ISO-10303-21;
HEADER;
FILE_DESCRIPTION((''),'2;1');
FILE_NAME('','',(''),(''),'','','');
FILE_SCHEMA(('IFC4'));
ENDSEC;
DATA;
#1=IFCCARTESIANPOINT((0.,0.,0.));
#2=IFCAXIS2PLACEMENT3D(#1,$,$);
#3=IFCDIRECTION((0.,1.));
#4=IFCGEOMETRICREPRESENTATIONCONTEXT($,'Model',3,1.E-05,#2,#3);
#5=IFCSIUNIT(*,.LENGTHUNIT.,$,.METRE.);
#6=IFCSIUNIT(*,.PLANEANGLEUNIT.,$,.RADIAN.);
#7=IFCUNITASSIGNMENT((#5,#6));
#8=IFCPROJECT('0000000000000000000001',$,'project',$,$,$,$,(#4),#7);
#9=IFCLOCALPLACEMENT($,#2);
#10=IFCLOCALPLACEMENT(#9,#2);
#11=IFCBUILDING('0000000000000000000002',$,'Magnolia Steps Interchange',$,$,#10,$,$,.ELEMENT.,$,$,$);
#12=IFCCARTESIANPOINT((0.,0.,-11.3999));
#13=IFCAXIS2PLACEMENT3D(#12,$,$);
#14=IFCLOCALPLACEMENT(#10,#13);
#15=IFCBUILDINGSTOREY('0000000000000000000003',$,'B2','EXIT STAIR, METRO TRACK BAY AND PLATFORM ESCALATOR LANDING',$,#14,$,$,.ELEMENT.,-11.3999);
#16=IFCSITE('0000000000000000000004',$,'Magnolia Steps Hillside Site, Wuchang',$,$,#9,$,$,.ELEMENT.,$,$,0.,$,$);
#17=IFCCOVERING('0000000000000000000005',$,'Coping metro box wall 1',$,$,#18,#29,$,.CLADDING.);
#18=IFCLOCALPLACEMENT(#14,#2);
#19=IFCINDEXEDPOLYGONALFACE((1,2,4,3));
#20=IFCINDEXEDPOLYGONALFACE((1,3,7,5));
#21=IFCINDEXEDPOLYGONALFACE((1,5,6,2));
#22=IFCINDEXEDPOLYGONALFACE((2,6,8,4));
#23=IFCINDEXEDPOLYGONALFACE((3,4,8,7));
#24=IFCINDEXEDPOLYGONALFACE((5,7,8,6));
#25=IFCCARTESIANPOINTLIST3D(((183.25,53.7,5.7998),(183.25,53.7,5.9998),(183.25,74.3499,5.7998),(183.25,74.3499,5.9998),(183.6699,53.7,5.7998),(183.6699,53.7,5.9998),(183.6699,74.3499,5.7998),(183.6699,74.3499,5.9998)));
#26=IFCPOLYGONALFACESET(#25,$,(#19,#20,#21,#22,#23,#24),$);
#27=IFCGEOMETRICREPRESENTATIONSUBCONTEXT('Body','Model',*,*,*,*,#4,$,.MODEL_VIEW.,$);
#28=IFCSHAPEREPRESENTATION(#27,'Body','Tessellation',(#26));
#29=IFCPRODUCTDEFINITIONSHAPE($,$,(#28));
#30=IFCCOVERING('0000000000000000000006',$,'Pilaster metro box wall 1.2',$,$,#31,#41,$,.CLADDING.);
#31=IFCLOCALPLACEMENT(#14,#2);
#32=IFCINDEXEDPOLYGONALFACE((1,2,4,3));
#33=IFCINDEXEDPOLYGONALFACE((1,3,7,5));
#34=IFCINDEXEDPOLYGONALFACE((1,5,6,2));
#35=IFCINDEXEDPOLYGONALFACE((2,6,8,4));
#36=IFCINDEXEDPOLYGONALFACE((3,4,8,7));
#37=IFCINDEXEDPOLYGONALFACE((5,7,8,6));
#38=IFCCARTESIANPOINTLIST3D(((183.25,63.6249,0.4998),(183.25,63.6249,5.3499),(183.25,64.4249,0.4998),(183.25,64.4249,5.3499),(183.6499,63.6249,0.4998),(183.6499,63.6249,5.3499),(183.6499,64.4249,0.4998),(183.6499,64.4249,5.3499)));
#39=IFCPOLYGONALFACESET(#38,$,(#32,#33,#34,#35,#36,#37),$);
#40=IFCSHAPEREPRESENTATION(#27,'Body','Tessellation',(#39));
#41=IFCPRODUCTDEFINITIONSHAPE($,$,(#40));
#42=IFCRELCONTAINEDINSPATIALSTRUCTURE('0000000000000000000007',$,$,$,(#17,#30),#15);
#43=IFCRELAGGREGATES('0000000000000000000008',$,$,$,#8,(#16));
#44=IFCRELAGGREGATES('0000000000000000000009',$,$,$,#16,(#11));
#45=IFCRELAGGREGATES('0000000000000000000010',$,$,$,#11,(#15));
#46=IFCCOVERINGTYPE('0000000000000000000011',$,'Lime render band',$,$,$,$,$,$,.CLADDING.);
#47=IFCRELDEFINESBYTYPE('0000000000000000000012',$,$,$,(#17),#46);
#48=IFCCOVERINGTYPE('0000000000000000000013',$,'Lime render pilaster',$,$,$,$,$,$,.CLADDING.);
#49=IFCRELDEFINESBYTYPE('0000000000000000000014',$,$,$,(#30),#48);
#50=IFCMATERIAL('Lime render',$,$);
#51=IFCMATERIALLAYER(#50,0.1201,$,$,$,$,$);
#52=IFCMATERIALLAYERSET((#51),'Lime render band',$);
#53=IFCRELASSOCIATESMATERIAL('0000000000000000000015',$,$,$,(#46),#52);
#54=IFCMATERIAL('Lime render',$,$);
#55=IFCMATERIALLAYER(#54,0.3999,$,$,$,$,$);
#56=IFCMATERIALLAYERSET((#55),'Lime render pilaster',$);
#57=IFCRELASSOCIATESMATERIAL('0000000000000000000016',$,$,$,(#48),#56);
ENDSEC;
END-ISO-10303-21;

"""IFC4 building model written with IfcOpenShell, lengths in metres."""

from ifc_helpers import new_model, si_unit, direction, frame, origin, origin_2d, place, context, subcontext, project, spatial, rectangle, extrude, material, layer, layer_set, type_object, element, save


model = new_model("IFC4")

# Units and contexts
model_context = context("Model", 3, precision=1e-05, world=origin(), true_north=direction((0.0, 1.0)))
body_context = subcontext(model_context, "Body", "Model", "MODEL_VIEW")
ifc_project = project(units=[si_unit("LENGTHUNIT", "METRE"), si_unit("PLANEANGLEUNIT", "RADIAN")], contexts=[model_context])

# Site, building, storey
site_placement = place(None, origin())
site = spatial("IfcSite", under=ifc_project, at=site_placement, Name="Magnolia Steps Hillside Site, Wuchang", CompositionType="ELEMENT", RefElevation=0.0)
building_placement = place(site_placement, origin())
building = spatial("IfcBuilding", under=site, at=building_placement, Name="Magnolia Steps Interchange", CompositionType="ELEMENT")
storey_placement = place(building_placement, frame((0.0, 0.0, -11.3999)))
storey = spatial("IfcBuildingStorey", under=building, at=storey_placement, Name="B2", Description="EXIT STAIR, METRO TRACK BAY AND PLATFORM ESCALATOR LANDING", CompositionType="ELEMENT", Elevation=-11.3999)

# Coverings
ifc_material_1 = material(Name="Lime render")
ifc_layer_1 = layer(ifc_material_1, 0.1201)
ifc_layer_set_1 = layer_set([ifc_layer_1], Name="Lime render band")
covering_type_1 = type_object("IfcCoveringType", Name="Lime render band", PredefinedType="CLADDING", material=ifc_layer_set_1)
covering_1_placement = place(storey_placement, frame((183.46, 64.0249, 5.7998), z_axis=(0.0, 0.0, 1.0), x_axis=(1.0, 0.0, 0.0)))
element("IfcCovering", 1, at=covering_1_placement, inside=storey, type_object=covering_type_1, Name="Coping metro box wall 1", PredefinedType="CLADDING", context=body_context, shape_type="SweptSolid", body=[
    extrude(rectangle(XDim=0.4199, YDim=20.6499, at=origin_2d()), origin(), (0.0, 0.0, 1.0), 0.2),
])
ifc_material_2 = material(Name="Lime render")
ifc_layer_2 = layer(ifc_material_2, 0.3999)
ifc_layer_set_2 = layer_set([ifc_layer_2], Name="Lime render pilaster")
covering_type_2 = type_object("IfcCoveringType", Name="Lime render pilaster", PredefinedType="CLADDING", material=ifc_layer_set_2)
covering_2_placement = place(storey_placement, frame((183.45, 64.0249, 0.4998), z_axis=(0.0, 0.0, 1.0), x_axis=(1.0, 0.0, 0.0)))
element("IfcCovering", 2, at=covering_2_placement, inside=storey, type_object=covering_type_2, Name="Pilaster metro box wall 1.2", PredefinedType="CLADDING", context=body_context, shape_type="SweptSolid", body=[
    extrude(rectangle(XDim=0.3999, YDim=0.8, at=origin_2d()), origin(), (0.0, 0.0, 1.0), 4.8501),
])

save(model, "model.ifc")
